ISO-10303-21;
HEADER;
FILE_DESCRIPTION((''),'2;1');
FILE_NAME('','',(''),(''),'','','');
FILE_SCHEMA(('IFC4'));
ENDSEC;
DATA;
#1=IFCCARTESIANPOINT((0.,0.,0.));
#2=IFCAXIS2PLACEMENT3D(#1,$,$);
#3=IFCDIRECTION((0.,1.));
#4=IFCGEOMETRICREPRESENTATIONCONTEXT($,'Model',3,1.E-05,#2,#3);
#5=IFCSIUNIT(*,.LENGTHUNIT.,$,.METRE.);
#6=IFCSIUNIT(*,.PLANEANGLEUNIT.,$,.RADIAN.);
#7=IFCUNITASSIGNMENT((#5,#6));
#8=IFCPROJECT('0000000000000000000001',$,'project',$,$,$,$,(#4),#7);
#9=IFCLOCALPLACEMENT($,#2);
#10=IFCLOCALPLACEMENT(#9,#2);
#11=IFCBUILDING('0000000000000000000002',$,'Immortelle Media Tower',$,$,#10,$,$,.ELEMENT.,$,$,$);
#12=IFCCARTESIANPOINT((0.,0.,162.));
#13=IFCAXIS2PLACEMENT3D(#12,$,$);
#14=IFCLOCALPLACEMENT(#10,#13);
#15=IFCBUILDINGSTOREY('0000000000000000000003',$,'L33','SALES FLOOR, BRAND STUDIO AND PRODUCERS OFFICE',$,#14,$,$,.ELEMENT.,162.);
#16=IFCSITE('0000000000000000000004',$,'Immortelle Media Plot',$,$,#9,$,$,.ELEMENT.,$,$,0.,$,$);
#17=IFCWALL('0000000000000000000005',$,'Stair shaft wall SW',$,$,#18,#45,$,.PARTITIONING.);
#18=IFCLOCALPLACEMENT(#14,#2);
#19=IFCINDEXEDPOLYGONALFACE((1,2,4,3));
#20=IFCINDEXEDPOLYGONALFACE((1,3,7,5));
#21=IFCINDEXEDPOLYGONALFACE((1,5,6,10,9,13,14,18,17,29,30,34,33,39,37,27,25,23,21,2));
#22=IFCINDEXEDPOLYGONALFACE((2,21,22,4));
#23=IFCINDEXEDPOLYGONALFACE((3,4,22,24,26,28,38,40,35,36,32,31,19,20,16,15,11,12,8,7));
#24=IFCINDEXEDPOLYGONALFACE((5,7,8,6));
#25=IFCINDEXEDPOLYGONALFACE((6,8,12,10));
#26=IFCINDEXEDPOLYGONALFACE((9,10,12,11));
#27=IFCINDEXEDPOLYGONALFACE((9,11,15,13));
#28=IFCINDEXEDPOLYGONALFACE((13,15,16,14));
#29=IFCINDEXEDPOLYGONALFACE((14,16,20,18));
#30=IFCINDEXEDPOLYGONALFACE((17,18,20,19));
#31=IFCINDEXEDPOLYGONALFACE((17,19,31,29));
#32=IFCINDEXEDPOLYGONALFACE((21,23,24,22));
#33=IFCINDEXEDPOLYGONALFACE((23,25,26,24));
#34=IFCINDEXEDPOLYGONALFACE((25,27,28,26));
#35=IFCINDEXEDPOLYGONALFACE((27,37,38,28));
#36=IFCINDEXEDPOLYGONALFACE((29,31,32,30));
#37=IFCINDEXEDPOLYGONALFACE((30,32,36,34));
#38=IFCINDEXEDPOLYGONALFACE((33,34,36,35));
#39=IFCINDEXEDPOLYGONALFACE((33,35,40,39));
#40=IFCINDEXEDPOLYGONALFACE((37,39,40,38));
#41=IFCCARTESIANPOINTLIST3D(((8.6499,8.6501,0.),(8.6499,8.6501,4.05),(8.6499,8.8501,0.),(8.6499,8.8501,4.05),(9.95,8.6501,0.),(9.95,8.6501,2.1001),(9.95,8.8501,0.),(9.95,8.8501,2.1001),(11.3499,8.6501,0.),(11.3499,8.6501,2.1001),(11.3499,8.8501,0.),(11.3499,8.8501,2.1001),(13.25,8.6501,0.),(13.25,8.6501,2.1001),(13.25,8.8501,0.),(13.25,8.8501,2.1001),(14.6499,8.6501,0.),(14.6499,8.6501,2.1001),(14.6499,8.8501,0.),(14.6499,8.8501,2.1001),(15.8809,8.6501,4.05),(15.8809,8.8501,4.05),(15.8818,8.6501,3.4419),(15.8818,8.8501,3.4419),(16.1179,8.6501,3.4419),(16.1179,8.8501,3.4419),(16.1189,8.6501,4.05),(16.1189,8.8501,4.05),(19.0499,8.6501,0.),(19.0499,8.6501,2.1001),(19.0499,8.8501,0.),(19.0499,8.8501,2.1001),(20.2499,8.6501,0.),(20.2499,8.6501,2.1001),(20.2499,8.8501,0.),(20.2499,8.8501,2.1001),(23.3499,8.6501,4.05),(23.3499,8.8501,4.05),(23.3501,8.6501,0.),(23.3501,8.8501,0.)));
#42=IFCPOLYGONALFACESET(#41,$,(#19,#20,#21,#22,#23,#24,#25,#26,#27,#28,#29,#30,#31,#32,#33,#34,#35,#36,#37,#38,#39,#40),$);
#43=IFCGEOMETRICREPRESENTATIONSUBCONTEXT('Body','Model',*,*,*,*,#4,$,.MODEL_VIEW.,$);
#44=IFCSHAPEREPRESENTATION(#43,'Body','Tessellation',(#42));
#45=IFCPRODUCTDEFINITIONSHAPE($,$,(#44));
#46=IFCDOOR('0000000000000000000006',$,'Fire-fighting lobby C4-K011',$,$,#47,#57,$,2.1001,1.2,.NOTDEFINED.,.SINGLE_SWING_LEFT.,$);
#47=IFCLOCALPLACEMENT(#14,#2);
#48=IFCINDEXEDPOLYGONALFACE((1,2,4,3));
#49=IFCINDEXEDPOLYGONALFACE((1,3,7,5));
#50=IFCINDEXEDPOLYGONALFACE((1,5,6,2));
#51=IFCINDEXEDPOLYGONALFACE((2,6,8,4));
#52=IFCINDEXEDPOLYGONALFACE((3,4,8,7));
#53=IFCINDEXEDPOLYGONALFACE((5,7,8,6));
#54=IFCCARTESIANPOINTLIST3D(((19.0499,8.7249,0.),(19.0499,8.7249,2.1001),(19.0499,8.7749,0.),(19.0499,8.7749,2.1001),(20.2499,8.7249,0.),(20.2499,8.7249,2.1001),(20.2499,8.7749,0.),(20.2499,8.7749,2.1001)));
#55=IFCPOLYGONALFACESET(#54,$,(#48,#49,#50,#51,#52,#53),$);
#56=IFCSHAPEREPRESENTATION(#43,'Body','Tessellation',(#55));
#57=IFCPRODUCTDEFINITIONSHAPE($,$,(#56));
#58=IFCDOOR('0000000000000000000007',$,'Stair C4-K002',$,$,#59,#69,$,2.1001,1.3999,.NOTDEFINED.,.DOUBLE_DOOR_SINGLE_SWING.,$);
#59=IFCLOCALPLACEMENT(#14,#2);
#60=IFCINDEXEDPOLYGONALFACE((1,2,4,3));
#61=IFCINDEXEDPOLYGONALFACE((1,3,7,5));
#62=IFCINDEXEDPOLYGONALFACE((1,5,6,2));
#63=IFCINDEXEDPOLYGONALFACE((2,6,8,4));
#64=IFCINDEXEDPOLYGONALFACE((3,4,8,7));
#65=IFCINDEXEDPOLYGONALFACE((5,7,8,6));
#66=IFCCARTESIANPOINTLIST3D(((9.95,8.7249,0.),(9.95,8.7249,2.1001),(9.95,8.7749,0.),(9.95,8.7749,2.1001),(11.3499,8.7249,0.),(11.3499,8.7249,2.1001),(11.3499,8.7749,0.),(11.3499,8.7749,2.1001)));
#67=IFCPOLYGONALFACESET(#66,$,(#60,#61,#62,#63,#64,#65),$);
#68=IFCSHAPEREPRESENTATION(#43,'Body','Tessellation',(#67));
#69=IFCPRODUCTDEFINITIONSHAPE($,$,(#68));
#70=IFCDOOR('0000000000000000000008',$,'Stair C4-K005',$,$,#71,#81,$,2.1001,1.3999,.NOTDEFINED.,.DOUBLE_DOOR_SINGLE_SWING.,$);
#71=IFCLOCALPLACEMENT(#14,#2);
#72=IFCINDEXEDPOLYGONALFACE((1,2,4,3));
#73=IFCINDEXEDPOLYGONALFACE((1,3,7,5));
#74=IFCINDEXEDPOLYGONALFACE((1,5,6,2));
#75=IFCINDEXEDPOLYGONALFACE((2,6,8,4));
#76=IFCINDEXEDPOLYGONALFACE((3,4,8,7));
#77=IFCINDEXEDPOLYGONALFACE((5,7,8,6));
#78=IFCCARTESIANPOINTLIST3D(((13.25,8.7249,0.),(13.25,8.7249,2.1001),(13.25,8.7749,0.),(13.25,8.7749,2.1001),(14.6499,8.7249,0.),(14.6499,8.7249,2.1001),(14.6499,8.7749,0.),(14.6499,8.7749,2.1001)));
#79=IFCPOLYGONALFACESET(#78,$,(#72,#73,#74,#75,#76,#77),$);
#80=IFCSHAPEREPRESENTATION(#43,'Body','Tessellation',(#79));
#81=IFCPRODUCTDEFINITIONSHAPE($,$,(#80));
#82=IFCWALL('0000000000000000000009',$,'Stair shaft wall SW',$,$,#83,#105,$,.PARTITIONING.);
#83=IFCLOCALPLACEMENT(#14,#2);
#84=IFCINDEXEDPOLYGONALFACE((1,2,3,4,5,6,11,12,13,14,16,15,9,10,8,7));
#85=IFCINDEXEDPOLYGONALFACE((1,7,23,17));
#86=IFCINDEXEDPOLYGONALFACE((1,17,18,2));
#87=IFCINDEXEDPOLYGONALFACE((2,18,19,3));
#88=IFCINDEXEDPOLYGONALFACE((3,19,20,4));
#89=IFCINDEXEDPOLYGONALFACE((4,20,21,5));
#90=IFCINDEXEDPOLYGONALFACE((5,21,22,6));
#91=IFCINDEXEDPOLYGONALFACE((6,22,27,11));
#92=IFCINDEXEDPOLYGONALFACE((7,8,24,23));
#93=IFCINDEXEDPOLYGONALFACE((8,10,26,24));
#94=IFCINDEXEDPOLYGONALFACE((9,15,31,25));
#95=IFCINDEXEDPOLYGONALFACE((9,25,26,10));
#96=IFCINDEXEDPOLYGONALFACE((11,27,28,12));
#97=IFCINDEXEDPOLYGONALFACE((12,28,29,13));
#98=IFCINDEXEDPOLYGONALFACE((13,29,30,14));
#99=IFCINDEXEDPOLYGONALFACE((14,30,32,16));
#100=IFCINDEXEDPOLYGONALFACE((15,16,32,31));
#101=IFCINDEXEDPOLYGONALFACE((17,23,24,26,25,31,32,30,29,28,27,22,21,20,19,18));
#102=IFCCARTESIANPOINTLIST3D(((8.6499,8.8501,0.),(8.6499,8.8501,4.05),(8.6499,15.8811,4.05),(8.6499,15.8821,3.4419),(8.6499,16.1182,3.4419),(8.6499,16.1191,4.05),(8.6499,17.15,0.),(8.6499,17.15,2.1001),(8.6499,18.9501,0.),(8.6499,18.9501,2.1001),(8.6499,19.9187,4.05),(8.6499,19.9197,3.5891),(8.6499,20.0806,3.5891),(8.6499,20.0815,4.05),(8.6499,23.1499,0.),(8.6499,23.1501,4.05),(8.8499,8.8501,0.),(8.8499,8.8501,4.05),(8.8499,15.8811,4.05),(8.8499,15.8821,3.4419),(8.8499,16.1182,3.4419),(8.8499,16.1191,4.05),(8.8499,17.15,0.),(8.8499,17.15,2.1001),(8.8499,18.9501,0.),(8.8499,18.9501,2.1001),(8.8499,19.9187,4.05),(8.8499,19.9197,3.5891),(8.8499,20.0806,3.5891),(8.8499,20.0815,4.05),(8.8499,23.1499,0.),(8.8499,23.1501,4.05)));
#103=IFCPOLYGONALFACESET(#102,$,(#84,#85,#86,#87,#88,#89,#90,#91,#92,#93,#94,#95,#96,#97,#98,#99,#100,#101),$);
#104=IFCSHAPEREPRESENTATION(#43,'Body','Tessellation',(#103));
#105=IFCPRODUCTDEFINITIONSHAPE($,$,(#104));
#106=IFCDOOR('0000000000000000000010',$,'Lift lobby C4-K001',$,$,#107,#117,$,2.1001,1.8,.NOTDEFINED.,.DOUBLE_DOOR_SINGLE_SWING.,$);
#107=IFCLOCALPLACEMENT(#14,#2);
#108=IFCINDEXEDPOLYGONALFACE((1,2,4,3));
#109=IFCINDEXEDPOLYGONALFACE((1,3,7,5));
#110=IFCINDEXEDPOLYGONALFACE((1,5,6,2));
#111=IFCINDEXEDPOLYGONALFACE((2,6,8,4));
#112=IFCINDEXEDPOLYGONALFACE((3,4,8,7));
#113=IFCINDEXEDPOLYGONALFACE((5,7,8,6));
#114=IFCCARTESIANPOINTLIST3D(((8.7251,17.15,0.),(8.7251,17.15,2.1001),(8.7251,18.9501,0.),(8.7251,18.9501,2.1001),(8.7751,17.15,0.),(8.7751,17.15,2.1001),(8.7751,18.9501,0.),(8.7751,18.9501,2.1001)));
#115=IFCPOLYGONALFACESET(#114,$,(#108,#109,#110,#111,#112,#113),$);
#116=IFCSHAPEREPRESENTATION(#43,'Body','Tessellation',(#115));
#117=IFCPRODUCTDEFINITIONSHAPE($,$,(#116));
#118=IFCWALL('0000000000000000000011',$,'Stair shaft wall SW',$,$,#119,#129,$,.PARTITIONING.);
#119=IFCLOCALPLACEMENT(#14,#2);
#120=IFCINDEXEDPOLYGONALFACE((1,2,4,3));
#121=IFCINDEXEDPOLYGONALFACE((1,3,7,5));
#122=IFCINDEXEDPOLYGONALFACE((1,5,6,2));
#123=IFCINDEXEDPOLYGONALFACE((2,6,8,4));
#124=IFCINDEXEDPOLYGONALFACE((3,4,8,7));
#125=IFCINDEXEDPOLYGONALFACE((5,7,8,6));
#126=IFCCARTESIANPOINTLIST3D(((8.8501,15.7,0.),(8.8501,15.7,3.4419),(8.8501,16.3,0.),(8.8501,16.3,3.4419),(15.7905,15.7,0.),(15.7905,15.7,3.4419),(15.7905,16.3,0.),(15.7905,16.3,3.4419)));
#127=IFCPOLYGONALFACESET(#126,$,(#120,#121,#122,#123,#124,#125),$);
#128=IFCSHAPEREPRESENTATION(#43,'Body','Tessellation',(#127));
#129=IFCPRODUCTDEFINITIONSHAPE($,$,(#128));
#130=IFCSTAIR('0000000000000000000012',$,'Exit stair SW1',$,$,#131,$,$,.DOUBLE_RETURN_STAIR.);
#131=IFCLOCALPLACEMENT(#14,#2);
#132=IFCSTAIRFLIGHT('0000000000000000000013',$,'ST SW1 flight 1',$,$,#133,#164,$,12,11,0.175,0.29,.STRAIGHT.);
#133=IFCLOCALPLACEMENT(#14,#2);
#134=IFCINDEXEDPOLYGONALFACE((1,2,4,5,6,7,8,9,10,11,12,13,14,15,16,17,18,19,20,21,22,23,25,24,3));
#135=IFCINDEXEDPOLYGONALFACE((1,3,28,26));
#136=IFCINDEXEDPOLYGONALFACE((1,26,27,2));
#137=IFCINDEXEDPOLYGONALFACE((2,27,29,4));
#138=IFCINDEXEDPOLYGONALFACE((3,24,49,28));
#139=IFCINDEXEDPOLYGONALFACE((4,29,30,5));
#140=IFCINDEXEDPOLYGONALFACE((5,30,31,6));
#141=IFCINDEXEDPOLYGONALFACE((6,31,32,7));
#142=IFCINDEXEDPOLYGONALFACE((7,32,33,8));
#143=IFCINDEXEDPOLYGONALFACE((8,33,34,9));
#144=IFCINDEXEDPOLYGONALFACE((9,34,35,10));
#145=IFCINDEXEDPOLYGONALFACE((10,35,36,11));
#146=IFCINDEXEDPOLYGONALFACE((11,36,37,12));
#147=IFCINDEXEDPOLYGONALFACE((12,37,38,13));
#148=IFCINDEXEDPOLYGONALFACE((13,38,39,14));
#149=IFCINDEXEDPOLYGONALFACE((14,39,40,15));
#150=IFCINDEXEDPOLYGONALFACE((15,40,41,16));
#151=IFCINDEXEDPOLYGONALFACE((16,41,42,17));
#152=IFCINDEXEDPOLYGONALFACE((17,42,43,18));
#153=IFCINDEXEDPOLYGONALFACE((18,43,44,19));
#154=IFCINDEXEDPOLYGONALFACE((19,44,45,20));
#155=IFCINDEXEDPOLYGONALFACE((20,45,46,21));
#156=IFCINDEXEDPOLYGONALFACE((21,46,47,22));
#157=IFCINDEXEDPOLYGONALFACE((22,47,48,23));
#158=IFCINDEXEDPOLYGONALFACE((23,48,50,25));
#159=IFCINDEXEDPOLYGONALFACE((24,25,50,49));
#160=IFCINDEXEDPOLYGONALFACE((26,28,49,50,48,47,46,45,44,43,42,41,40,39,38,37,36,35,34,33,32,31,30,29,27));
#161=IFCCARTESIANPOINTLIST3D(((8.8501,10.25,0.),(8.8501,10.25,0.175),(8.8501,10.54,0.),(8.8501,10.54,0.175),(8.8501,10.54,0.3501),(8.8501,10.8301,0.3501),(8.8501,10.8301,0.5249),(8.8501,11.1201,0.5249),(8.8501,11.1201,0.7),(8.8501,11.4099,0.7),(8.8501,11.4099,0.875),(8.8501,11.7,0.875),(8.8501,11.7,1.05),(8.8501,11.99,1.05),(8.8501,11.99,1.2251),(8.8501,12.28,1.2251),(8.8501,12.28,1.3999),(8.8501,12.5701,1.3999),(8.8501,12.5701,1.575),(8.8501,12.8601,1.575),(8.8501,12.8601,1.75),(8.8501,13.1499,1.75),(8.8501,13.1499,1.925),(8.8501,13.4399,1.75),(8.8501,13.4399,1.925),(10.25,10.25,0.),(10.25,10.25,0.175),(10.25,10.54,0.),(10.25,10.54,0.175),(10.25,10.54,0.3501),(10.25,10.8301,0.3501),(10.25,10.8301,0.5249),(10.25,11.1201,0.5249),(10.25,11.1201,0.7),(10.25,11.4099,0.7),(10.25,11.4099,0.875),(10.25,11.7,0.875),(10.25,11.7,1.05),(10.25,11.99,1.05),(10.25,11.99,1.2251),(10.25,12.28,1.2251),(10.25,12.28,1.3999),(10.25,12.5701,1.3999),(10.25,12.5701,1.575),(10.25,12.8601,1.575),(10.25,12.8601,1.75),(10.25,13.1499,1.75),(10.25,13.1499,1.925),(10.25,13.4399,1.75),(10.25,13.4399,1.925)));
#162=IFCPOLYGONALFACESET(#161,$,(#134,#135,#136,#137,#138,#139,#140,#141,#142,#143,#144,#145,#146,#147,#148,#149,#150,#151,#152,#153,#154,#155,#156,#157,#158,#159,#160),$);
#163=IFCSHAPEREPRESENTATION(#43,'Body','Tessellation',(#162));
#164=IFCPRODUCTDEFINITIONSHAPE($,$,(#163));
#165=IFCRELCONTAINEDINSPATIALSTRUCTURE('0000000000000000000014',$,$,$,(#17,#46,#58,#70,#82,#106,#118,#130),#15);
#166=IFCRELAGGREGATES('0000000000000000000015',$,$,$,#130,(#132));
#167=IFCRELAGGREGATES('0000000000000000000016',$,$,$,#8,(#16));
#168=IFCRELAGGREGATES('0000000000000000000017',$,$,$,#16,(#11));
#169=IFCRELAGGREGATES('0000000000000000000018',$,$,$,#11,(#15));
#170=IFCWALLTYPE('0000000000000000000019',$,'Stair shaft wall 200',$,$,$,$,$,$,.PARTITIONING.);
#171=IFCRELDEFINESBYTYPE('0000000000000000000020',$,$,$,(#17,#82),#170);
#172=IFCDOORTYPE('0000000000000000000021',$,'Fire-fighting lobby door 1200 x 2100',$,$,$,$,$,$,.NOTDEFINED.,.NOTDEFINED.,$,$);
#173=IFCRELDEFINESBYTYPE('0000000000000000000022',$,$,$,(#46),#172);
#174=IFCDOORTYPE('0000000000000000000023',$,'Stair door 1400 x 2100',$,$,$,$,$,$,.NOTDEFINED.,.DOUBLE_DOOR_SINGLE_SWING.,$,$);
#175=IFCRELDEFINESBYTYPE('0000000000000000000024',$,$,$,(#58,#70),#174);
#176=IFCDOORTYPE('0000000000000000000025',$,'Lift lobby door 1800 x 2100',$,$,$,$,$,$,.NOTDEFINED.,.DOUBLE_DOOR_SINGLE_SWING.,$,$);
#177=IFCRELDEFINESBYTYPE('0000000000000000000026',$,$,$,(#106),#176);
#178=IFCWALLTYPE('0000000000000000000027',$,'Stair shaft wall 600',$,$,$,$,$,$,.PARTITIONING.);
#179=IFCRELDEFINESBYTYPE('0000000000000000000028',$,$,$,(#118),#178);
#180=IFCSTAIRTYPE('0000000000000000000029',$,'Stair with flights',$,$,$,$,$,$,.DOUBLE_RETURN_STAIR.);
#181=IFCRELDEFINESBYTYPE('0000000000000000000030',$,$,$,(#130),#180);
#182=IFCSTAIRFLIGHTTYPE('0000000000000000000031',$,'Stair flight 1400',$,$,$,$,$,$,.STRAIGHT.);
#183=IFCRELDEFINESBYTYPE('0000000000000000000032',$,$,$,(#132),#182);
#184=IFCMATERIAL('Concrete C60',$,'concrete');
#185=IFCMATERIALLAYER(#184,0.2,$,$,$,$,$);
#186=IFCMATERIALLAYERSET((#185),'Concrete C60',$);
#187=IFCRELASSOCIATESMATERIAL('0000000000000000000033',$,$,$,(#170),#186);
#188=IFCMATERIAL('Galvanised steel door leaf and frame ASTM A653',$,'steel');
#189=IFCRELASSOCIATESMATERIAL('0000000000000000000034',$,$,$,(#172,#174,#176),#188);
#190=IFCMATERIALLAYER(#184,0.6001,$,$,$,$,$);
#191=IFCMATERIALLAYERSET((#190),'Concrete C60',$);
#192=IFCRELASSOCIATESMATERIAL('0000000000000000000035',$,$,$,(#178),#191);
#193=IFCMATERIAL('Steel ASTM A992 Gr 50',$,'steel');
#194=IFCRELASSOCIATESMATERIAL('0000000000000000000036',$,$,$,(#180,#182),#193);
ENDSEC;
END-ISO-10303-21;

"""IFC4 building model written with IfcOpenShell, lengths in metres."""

from ifc_helpers import new_model, si_unit, direction, frame, frame_2d, origin, place, context, subcontext, project, spatial, polyline, rectangle, outline, extrude, material, layer, layer_set, type_object, element, fill, aggregate, save


model = new_model("IFC4")

# Units and contexts
model_context = context("Model", 3, precision=1e-05, world=origin(), true_north=direction((0.0, 1.0)))
body_context = subcontext(model_context, "Body", "Model", "MODEL_VIEW")
ifc_project = project(units=[si_unit("LENGTHUNIT", "METRE"), si_unit("PLANEANGLEUNIT", "RADIAN")], contexts=[model_context])

# Site, building, storey
site_placement = place(None, origin())
site = spatial("IfcSite", under=ifc_project, at=site_placement, Name="Immortelle Media Plot", CompositionType="ELEMENT", RefElevation=0.0)
building_placement = place(site_placement, origin())
building = spatial("IfcBuilding", under=site, at=building_placement, Name="Immortelle Media Tower", CompositionType="ELEMENT")
storey_placement = place(building_placement, frame((0.0, 0.0, 162.0)))
storey = spatial("IfcBuildingStorey", under=building, at=storey_placement, Name="L33", Description="SALES FLOOR, BRAND STUDIO AND PRODUCERS OFFICE", CompositionType="ELEMENT", Elevation=162.0)

# Shared definitions
ifc_material_1 = material(Name="Steel ASTM A992 Gr 50", Category="steel")

# Wall, openings, doors
ifc_material_2 = material(Name="Concrete C60", Category="concrete")
ifc_layer_1 = layer(ifc_material_2, 0.2)
ifc_layer_set_1 = layer_set([ifc_layer_1], Name="Concrete C60")
wall_type_1 = type_object("IfcWallType", Name="Stair shaft wall 200", PredefinedType="PARTITIONING", material=ifc_layer_set_1)
wall_1_placement = place(storey_placement, frame((8.6499, 8.75, 0.0), z_axis=(0.0, 0.0, 1.0), x_axis=(1.0, 0.0, 0.0)))
wall_1 = element("IfcWall", 1, at=wall_1_placement, inside=storey, type_object=wall_type_1, Name="Stair shaft wall SW", PredefinedType="PARTITIONING", context=body_context, shape_type="SweptSolid", body=[
    extrude(outline(polyline([(0.0, 0.0), (14.7002, 0.0), (14.7, 4.05), (7.469, 4.05), (7.468, 3.4419), (7.2319, 3.4419), (7.231, 4.05), (0.0, 4.05), (0.0, 0.0)])), frame((0.0, 0.1001, 0.0), z_axis=(0.0, -1.0, 0.0), x_axis=(1.0, 0.0, 0.0)), (0.0, 0.0, 1.0), 0.2),
])
opening_1_placement = place(wall_1_placement, frame((1.3, 0.0, 0.0)))
opening_1 = element("IfcOpeningElement", 2, at=opening_1_placement, cuts=wall_1, PredefinedType="OPENING", context=body_context, shape_type="SweptSolid", body=[
    extrude(rectangle(XDim=1.3999, YDim=2.1001, at=frame_2d((0.7, 1.05))), frame((0.0, 0.1099, 0.0), z_axis=(0.0, -1.0, 0.0), x_axis=(1.0, 0.0, 0.0)), (0.0, 0.0, 1.0), 0.22),
])
opening_2_placement = place(wall_1_placement, frame((4.6001, 0.0, 0.0)))
opening_2 = element("IfcOpeningElement", 3, at=opening_2_placement, cuts=wall_1, PredefinedType="OPENING", context=body_context, shape_type="SweptSolid", body=[
    extrude(rectangle(XDim=1.3999, YDim=2.1001, at=frame_2d((0.7, 1.05))), frame((0.0, 0.1099, 0.0), z_axis=(0.0, -1.0, 0.0), x_axis=(1.0, 0.0, 0.0)), (0.0, 0.0, 1.0), 0.22),
])
opening_3_placement = place(wall_1_placement, frame((10.3999, 0.0, 0.0)))
opening_3 = element("IfcOpeningElement", 4, at=opening_3_placement, cuts=wall_1, PredefinedType="OPENING", context=body_context, shape_type="SweptSolid", body=[
    extrude(rectangle(XDim=1.2, YDim=2.1001, at=frame_2d((0.6001, 1.05))), frame((0.0, 0.1099, 0.0), z_axis=(0.0, -1.0, 0.0), x_axis=(1.0, 0.0, 0.0)), (0.0, 0.0, 1.0), 0.22),
])
ifc_material_3 = material(Name="Galvanised steel door leaf and frame ASTM A653", Category="steel")
door_type_1 = type_object("IfcDoorType", Name="Fire-fighting lobby door 1200 x 2100", OperationType="NOTDEFINED", PredefinedType="NOTDEFINED", material=ifc_material_3)
door_1_placement = place(opening_3_placement, origin())
door_1 = element("IfcDoor", 5, at=door_1_placement, inside=storey, type_object=door_type_1, Name="Fire-fighting lobby C4-K011", OperationType="SINGLE_SWING_LEFT", OverallHeight=2.1001, OverallWidth=1.2, PredefinedType="NOTDEFINED", context=body_context, shape_type="SweptSolid", body=[
    extrude(rectangle(XDim=1.2, YDim=2.1001, at=frame_2d((0.6001, 1.05))), frame((0.0, 0.0249, 0.0), z_axis=(0.0, -1.0, 0.0), x_axis=(1.0, 0.0, 0.0)), (0.0, 0.0, 1.0), 0.05),
])
fill(opening_3, door_1)
door_type_2 = type_object("IfcDoorType", Name="Stair door 1400 x 2100", OperationType="DOUBLE_DOOR_SINGLE_SWING", PredefinedType="NOTDEFINED", material=ifc_material_3)
door_2_placement = place(opening_1_placement, origin())
door_2 = element("IfcDoor", 6, at=door_2_placement, inside=storey, type_object=door_type_2, Name="Stair C4-K002", OperationType="DOUBLE_DOOR_SINGLE_SWING", OverallHeight=2.1001, OverallWidth=1.3999, PredefinedType="NOTDEFINED", context=body_context, shape_type="SweptSolid", body=[
    extrude(rectangle(XDim=1.3999, YDim=2.1001, at=frame_2d((0.7, 1.05))), frame((0.0, 0.0249, 0.0), z_axis=(0.0, -1.0, 0.0), x_axis=(1.0, 0.0, 0.0)), (0.0, 0.0, 1.0), 0.05),
])
fill(opening_1, door_2)
door_3_placement = place(opening_2_placement, origin())
door_3 = element("IfcDoor", 7, at=door_3_placement, inside=storey, type_object=door_type_2, Name="Stair C4-K005", OperationType="DOUBLE_DOOR_SINGLE_SWING", OverallHeight=2.1001, OverallWidth=1.3999, PredefinedType="NOTDEFINED", context=body_context, shape_type="SweptSolid", body=[
    extrude(rectangle(XDim=1.3999, YDim=2.1001, at=frame_2d((0.7, 1.05))), frame((0.0, 0.0249, 0.0), z_axis=(0.0, -1.0, 0.0), x_axis=(1.0, 0.0, 0.0)), (0.0, 0.0, 1.0), 0.05),
])
fill(opening_2, door_3)

# Wall, opening, door
wall_2_placement = place(storey_placement, frame((8.75, 8.8501, 0.0), z_axis=(0.0, 0.0, 1.0), x_axis=(0.0, 1.0, 0.0)))
wall_2 = element("IfcWall", 8, at=wall_2_placement, inside=storey, type_object=wall_type_1, Name="Stair shaft wall SW", PredefinedType="PARTITIONING", context=body_context, shape_type="SweptSolid", body=[
    extrude(outline(polyline([(0.0, 0.0), (14.2998, 0.0), (14.3, 4.05), (11.2314, 4.05), (11.2305, 3.5891), (11.0696, 3.5891), (11.0686, 4.05), (7.269, 4.05), (7.2681, 3.4419), (7.032, 3.4419), (7.031, 4.05), (0.0, 4.05), (0.0, 0.0)])), frame((0.0, 0.1001, 0.0), z_axis=(0.0, -1.0, 0.0), x_axis=(1.0, 0.0, 0.0)), (0.0, 0.0, 1.0), 0.2),
])
opening_4_placement = place(wall_2_placement, frame((8.3, 0.0, 0.0)))
opening_4 = element("IfcOpeningElement", 9, at=opening_4_placement, cuts=wall_2, PredefinedType="OPENING", context=body_context, shape_type="SweptSolid", body=[
    extrude(rectangle(XDim=1.8, YDim=2.1001, at=frame_2d((0.8999, 1.05))), frame((0.0, 0.1099, 0.0), z_axis=(0.0, -1.0, 0.0), x_axis=(1.0, 0.0, 0.0)), (0.0, 0.0, 1.0), 0.22),
])
door_type_3 = type_object("IfcDoorType", Name="Lift lobby door 1800 x 2100", OperationType="DOUBLE_DOOR_SINGLE_SWING", PredefinedType="NOTDEFINED", material=ifc_material_3)
door_4_placement = place(opening_4_placement, origin())
door_4 = element("IfcDoor", 10, at=door_4_placement, inside=storey, type_object=door_type_3, Name="Lift lobby C4-K001", OperationType="DOUBLE_DOOR_SINGLE_SWING", OverallHeight=2.1001, OverallWidth=1.8, PredefinedType="NOTDEFINED", context=body_context, shape_type="SweptSolid", body=[
    extrude(rectangle(XDim=1.8, YDim=2.1001, at=frame_2d((0.8999, 1.05))), frame((0.0, 0.0249, 0.0), z_axis=(0.0, -1.0, 0.0), x_axis=(1.0, 0.0, 0.0)), (0.0, 0.0, 1.0), 0.05),
])
fill(opening_4, door_4)

# Wall
ifc_layer_2 = layer(ifc_material_2, 0.6001)
ifc_layer_set_2 = layer_set([ifc_layer_2], Name="Concrete C60")
wall_type_2 = type_object("IfcWallType", Name="Stair shaft wall 600", PredefinedType="PARTITIONING", material=ifc_layer_set_2)
wall_3_placement = place(storey_placement, frame((8.8501, 16.0, 0.0), z_axis=(0.0, 0.0, 1.0), x_axis=(1.0, 0.0, 0.0)))
element("IfcWall", 11, at=wall_3_placement, inside=storey, type_object=wall_type_2, Name="Stair shaft wall SW", PredefinedType="PARTITIONING", context=body_context, shape_type="SweptSolid", body=[
    extrude(rectangle(XDim=6.9404, YDim=0.6001, at=frame_2d((3.4702, 0.0))), origin(), (0.0, 0.0, 1.0), 3.4419),
])

# Stair, stair flight
stair_type = type_object("IfcStairType", Name="Stair with flights", PredefinedType="DOUBLE_RETURN_STAIR", material=ifc_material_1)
stair_placement = place(storey_placement, origin())
stair = element("IfcStair", 12, at=stair_placement, inside=storey, type_object=stair_type, Name="Exit stair SW1", PredefinedType="DOUBLE_RETURN_STAIR")
stair_flight_type = type_object("IfcStairFlightType", Name="Stair flight 1400", PredefinedType="STRAIGHT", material=ifc_material_1)
stair_flight_placement = place(storey_placement, frame((9.55, 10.25, 0.0), z_axis=(0.0, 0.0, 1.0), x_axis=(0.0, 1.0, 0.0)))
stair_flight = element("IfcStairFlight", 13, at=stair_flight_placement, type_object=stair_flight_type, Name="ST SW1 flight 1", NumberOfRisers=12, NumberOfTreads=11, PredefinedType="STRAIGHT", RiserHeight=0.175, TreadLength=0.29, context=body_context, shape_type="SweptSolid", body=[
    extrude(outline(polyline([(0.0, 0.0), (0.0, 0.175), (0.29, 0.175), (0.29, 0.3501), (0.5801, 0.3501), (0.5801, 0.5249), (0.8701, 0.5249), (0.8701, 0.7), (1.1599, 0.7), (1.1599, 0.875), (1.45, 0.875), (1.45, 1.05), (1.74, 1.05), (1.74, 1.2251), (2.03, 1.2251), (2.03, 1.3999), (2.3201, 1.3999), (2.3201, 1.575), (2.6101, 1.575), (2.6101, 1.75), (2.8999, 1.75), (2.8999, 1.925), (3.1899, 1.925), (3.1899, 2.1001), (3.1899, 1.75), (0.29, 0.0), (0.0, 0.0)])), frame((0.0, 0.7, 0.0), z_axis=(0.0, -1.0, 0.0), x_axis=(1.0, 0.0, 0.0)), (0.0, 0.0, 1.0), 1.3999),
])
aggregate(stair, [stair_flight])

save(model, "model.ifc")
